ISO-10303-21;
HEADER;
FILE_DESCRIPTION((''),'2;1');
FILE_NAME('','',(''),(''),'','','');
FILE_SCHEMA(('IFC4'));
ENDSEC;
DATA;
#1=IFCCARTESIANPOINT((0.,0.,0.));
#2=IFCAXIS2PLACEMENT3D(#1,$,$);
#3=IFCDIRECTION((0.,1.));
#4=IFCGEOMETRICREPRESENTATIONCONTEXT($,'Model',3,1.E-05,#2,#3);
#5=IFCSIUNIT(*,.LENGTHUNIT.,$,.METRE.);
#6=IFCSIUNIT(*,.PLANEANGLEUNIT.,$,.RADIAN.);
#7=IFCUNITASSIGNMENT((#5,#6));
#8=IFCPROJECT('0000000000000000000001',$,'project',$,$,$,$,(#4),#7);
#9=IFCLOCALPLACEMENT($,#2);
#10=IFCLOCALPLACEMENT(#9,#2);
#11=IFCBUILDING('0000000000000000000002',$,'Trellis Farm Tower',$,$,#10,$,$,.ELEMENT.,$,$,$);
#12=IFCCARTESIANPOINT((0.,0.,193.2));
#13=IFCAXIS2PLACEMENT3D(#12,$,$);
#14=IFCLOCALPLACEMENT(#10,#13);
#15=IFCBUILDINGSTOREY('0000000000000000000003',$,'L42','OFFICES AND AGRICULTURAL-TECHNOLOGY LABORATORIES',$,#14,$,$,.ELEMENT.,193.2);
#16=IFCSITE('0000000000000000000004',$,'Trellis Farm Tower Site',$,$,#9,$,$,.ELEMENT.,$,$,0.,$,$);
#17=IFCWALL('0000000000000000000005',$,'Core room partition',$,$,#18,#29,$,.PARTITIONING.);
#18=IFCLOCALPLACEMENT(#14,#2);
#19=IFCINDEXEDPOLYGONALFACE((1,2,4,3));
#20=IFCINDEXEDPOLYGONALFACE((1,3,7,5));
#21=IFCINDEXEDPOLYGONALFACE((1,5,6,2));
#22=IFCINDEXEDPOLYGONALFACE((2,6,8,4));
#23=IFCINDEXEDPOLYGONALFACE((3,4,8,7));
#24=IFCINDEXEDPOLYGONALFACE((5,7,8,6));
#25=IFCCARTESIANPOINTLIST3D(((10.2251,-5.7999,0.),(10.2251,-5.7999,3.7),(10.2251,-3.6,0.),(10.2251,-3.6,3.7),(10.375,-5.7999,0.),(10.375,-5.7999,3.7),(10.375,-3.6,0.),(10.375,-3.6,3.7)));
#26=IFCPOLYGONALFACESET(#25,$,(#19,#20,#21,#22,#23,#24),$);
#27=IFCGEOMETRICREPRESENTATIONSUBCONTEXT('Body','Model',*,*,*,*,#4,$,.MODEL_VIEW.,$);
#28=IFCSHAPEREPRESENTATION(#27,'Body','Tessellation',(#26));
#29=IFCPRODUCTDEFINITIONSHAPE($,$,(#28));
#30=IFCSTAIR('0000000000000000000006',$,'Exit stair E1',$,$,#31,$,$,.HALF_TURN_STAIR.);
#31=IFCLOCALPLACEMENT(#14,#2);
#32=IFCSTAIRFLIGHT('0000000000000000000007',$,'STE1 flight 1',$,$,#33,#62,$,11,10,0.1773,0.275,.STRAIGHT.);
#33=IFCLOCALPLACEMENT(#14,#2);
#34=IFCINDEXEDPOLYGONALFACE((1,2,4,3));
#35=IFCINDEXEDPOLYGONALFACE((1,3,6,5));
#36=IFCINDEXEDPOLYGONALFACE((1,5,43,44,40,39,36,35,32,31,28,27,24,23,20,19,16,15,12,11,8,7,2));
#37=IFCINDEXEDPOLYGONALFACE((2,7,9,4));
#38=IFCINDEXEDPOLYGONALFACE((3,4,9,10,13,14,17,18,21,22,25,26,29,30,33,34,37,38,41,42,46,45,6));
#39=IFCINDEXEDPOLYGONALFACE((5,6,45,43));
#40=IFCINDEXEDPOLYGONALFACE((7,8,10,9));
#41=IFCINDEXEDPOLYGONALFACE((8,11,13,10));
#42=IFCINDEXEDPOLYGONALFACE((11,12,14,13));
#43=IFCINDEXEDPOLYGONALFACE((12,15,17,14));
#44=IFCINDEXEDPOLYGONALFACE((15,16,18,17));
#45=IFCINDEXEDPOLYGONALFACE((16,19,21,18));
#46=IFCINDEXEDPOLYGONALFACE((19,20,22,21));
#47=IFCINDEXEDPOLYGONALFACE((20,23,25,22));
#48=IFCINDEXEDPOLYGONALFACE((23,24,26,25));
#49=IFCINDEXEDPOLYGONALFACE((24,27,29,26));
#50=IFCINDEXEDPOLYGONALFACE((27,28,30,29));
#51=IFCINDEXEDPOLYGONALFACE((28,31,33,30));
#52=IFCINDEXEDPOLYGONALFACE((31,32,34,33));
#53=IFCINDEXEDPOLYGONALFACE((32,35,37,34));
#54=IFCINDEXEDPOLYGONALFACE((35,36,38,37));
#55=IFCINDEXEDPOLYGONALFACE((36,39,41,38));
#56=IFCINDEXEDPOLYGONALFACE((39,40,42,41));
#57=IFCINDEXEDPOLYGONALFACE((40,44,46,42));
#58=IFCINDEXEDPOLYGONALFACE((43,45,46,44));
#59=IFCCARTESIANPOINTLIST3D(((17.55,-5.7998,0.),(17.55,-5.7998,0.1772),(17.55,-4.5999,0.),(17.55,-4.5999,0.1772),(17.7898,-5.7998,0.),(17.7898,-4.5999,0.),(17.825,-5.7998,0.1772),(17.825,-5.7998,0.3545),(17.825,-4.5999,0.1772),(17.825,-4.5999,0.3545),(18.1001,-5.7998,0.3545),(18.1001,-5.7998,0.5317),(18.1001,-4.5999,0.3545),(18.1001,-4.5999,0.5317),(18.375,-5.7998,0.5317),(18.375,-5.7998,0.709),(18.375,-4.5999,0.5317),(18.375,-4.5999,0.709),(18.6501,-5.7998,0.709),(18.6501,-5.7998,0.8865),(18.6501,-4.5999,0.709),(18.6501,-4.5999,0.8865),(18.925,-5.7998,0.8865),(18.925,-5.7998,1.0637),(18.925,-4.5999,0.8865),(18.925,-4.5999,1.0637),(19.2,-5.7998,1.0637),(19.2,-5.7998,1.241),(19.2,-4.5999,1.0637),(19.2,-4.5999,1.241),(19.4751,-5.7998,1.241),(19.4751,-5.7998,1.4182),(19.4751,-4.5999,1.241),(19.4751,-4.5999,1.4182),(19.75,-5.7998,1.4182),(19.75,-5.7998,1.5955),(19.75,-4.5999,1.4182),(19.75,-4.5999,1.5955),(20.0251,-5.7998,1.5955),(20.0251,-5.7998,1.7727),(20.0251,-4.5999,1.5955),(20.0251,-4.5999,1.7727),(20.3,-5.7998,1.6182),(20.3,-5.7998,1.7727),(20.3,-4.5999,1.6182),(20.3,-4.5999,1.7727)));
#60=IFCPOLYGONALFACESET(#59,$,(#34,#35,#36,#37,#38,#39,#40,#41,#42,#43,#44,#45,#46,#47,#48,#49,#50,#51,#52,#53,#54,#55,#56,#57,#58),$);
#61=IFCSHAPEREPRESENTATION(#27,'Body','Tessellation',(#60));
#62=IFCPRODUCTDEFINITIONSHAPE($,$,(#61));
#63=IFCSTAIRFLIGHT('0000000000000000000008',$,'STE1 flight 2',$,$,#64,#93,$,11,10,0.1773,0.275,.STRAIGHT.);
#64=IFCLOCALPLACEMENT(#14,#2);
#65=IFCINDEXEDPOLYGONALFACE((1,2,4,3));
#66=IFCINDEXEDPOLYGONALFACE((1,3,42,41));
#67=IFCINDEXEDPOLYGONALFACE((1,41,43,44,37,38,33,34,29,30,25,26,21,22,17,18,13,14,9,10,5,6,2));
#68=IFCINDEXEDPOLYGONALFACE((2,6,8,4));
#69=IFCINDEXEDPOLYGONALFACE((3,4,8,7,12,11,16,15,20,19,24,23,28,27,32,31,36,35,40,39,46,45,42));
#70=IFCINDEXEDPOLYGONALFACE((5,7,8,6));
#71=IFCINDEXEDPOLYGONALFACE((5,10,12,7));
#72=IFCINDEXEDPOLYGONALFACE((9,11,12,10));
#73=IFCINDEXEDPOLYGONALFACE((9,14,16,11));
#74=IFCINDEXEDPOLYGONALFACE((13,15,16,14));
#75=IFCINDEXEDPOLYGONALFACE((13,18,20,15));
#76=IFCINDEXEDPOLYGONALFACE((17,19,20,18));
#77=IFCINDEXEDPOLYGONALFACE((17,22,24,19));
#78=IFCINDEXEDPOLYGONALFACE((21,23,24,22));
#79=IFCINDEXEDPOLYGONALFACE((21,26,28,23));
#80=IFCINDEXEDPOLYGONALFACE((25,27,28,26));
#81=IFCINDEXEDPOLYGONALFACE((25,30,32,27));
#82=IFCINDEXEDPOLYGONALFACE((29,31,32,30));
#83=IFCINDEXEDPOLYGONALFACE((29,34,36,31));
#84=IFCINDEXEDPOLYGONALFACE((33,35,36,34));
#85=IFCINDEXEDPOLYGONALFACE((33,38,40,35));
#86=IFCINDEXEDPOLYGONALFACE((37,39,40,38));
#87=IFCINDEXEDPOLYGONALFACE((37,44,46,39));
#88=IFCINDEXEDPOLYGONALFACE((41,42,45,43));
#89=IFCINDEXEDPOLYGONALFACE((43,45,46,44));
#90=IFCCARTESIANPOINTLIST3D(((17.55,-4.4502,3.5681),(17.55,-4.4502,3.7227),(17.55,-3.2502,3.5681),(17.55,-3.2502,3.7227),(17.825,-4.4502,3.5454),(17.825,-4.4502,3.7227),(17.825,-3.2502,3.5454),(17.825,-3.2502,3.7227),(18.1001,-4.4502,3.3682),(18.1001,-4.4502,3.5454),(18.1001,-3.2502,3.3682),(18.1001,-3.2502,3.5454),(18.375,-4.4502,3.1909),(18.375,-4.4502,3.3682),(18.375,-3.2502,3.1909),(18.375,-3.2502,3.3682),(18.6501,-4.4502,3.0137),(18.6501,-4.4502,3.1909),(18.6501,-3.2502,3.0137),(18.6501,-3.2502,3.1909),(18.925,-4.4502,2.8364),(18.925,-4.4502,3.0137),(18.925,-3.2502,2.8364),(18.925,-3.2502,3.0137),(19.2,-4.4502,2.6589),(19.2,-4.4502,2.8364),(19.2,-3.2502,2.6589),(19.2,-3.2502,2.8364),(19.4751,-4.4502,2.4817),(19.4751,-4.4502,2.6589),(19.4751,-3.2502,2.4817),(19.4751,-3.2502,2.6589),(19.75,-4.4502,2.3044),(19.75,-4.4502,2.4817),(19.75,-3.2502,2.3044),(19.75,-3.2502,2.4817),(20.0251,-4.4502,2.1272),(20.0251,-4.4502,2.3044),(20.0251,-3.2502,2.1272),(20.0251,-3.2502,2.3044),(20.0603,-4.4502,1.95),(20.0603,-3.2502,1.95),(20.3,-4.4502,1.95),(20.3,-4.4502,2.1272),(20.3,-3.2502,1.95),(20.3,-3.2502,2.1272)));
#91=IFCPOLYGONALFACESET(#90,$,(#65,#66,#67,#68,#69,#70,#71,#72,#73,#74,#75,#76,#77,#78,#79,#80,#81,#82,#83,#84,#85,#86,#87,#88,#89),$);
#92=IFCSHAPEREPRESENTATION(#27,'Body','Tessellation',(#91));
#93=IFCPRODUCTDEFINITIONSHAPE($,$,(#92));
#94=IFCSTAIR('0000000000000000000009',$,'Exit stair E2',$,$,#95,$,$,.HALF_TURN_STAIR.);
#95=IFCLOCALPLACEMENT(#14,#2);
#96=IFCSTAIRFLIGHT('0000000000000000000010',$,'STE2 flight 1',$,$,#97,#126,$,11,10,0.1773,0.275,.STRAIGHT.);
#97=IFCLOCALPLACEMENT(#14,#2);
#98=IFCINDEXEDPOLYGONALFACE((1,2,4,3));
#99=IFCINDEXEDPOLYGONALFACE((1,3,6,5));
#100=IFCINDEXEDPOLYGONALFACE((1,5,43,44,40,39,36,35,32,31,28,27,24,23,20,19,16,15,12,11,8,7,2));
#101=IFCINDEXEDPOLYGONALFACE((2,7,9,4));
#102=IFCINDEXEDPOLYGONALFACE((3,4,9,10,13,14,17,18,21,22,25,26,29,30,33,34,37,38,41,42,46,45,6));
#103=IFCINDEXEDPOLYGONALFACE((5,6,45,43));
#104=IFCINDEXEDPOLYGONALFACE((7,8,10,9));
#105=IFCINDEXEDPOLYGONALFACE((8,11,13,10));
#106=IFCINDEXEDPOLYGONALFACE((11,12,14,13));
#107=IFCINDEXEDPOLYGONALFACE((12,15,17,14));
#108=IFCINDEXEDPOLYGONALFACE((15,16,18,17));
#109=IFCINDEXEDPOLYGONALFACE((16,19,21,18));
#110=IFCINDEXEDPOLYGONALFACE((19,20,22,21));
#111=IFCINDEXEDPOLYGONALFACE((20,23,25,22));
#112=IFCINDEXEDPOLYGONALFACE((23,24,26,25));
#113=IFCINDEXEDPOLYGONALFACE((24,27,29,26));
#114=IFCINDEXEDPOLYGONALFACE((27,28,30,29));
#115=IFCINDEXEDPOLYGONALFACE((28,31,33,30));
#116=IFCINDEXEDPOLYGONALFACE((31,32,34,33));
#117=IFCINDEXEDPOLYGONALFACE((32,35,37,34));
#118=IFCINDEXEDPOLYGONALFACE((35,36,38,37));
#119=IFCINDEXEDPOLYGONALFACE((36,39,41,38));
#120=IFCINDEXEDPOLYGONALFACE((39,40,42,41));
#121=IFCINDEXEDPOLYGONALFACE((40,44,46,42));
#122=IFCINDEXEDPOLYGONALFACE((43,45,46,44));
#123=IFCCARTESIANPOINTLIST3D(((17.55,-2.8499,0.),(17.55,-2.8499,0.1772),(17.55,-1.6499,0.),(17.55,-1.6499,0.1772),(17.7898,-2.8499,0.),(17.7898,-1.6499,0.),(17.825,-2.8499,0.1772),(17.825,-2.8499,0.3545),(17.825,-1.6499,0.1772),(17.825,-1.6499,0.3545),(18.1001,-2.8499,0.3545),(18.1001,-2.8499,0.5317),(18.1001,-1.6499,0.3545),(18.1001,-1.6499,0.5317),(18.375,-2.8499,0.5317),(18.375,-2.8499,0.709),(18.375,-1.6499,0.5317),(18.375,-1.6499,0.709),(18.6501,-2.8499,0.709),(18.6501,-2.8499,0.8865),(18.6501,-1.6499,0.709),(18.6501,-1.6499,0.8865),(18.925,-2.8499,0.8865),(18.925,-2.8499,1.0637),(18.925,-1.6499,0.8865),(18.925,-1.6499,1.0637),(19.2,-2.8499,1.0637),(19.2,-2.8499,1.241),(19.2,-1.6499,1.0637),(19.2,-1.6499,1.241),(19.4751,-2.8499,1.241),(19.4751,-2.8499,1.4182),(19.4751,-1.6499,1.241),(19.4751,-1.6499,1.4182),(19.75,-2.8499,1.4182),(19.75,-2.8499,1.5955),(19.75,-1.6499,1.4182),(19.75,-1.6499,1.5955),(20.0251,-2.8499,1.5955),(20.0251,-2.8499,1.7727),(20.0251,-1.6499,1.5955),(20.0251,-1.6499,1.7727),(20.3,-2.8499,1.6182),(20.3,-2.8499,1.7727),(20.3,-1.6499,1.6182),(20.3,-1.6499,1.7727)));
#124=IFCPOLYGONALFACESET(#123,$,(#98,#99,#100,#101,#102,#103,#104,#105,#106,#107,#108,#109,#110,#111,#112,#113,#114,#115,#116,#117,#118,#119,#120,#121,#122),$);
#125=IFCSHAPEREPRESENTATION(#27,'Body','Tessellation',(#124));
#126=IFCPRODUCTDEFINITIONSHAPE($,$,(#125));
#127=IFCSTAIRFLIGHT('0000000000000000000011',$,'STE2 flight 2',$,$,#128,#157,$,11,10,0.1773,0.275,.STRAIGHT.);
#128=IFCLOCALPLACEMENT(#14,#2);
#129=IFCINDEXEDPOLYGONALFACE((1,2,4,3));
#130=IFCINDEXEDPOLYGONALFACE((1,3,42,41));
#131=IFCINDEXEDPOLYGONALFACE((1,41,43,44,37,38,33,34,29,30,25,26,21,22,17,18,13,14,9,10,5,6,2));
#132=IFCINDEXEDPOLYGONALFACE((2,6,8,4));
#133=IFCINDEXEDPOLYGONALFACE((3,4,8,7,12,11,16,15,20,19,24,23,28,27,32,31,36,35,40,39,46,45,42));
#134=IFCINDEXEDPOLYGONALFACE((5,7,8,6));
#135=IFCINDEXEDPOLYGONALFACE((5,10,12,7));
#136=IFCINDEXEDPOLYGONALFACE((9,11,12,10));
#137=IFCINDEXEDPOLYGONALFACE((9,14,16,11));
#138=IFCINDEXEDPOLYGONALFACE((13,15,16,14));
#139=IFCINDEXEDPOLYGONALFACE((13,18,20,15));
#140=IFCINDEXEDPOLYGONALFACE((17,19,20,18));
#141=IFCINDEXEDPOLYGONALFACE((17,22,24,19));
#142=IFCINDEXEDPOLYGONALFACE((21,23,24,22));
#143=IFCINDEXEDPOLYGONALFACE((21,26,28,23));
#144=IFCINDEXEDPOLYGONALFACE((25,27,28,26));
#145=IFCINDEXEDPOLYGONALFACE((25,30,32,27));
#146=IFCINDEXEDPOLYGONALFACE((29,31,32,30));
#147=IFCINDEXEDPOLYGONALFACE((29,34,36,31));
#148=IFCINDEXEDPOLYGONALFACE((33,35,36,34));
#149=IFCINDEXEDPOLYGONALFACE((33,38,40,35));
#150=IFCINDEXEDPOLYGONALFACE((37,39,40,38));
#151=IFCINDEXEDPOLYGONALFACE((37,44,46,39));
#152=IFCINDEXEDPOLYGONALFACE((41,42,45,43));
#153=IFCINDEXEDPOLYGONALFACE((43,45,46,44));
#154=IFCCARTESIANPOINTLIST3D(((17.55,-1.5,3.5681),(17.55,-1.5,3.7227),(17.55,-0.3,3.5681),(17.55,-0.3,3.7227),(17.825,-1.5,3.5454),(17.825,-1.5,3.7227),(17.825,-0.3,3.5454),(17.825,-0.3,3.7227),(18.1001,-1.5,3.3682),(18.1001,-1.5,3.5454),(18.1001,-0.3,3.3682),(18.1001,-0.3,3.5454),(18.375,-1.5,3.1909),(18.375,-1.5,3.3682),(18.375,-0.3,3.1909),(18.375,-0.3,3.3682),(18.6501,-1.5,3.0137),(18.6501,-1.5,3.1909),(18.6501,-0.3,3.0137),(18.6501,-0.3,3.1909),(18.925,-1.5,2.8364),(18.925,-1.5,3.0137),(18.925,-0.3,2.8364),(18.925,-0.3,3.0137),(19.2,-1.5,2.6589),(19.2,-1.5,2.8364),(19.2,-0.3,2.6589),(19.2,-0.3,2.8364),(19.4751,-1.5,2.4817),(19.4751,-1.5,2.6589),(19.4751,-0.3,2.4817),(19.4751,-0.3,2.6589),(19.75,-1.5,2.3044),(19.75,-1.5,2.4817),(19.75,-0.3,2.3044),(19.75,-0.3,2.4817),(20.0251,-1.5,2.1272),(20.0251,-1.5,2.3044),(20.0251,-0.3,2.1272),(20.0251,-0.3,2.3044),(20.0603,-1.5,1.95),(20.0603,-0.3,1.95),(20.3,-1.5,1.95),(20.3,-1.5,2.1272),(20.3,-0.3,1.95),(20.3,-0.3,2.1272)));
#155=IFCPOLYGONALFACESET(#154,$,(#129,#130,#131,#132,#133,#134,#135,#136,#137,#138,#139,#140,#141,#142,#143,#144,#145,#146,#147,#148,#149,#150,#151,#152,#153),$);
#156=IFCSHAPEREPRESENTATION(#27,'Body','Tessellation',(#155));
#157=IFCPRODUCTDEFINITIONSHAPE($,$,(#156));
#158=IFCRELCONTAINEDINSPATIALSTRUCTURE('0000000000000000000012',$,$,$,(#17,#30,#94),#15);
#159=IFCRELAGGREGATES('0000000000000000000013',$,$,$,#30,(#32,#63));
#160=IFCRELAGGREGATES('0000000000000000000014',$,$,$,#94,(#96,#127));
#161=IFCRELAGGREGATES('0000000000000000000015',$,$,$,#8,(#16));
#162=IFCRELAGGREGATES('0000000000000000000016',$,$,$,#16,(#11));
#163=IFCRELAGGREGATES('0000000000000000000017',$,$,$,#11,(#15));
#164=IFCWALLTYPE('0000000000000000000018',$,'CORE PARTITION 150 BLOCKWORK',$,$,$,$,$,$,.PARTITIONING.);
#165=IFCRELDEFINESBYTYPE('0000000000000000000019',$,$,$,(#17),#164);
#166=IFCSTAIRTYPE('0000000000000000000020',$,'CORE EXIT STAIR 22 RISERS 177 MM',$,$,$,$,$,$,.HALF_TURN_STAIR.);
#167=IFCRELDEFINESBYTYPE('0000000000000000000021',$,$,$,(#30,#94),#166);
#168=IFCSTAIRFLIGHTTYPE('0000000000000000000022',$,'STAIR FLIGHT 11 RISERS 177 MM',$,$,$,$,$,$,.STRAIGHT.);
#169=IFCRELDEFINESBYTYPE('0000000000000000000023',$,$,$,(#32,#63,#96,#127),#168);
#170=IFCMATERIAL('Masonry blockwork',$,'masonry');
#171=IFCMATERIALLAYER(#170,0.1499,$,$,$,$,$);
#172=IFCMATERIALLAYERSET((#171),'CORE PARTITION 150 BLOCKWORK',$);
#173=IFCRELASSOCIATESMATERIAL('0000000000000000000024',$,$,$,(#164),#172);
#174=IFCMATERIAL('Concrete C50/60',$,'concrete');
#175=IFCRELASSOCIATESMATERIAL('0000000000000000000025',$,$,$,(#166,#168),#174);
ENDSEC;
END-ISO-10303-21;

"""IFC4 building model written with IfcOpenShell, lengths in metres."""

from ifc_helpers import new_model, si_unit, direction, frame, frame_2d, origin, place, context, subcontext, project, spatial, polyline, rectangle, outline, extrude, source, transform, mapped, material, layer, layer_set, type_object, element, aggregate, save


model = new_model("IFC4")

# Units and contexts
model_context = context("Model", 3, precision=1e-05, world=origin(), true_north=direction((0.0, 1.0)))
body_context = subcontext(model_context, "Body", "Model", "MODEL_VIEW")
ifc_project = project(units=[si_unit("LENGTHUNIT", "METRE"), si_unit("PLANEANGLEUNIT", "RADIAN")], contexts=[model_context])

# Site, building, storey
site_placement = place(None, origin())
site = spatial("IfcSite", under=ifc_project, at=site_placement, Name="Trellis Farm Tower Site", CompositionType="ELEMENT", RefElevation=0.0)
building_placement = place(site_placement, origin())
building = spatial("IfcBuilding", under=site, at=building_placement, Name="Trellis Farm Tower", CompositionType="ELEMENT")
storey_placement = place(building_placement, frame((0.0, 0.0, 193.2)))
storey = spatial("IfcBuildingStorey", under=building, at=storey_placement, Name="L42", Description="OFFICES AND AGRICULTURAL-TECHNOLOGY LABORATORIES", CompositionType="ELEMENT", Elevation=193.2)

# Shared definitions
placement = place(storey_placement, origin())

# Wall
ifc_material_1 = material(Name="Masonry blockwork", Category="masonry")
ifc_layer_1 = layer(ifc_material_1, 0.1499)
ifc_layer_set_1 = layer_set([ifc_layer_1], Name="CORE PARTITION 150 BLOCKWORK")
wall_type_1 = type_object("IfcWallType", Name="CORE PARTITION 150 BLOCKWORK", PredefinedType="PARTITIONING", material=ifc_layer_set_1)
shared_shape_1 = source(origin(), body_context, "Body", "SweptSolid", [
    extrude(rectangle(XDim=2.2, YDim=0.1499, at=frame_2d((1.1001, 0.0))), origin(), (0.0, 0.0, 1.0), 3.7),
])
for number, where, z_axis, x_axis, name in (
    (1, (10.3, -5.8, 0.0), (0.0, 0.0, 1.0), (0.0, 1.0, 0.0), "Core room partition"),
):
    element("IfcWall", number, at=place(storey_placement, frame(where, z_axis=z_axis, x_axis=x_axis)), inside=storey, type_object=wall_type_1, Name=name, PredefinedType="PARTITIONING", context=body_context, shape_type="MappedRepresentation", body=[
        mapped(shared_shape_1, transform((0.0, 0.0, 0.0))),
    ])

# Stairs, stair flights
ifc_material_2 = material(Name="Concrete C50/60", Category="concrete")
stair_type = type_object("IfcStairType", Name="CORE EXIT STAIR 22 RISERS 177 MM", PredefinedType="HALF_TURN_STAIR", material=ifc_material_2)
stair_1 = element("IfcStair", 2, at=placement, inside=storey, type_object=stair_type, Name="Exit stair E1", PredefinedType="HALF_TURN_STAIR")
stair_flight_type = type_object("IfcStairFlightType", Name="STAIR FLIGHT 11 RISERS 177 MM", PredefinedType="STRAIGHT", material=ifc_material_2)
shared_shape_2 = source(origin(), body_context, "Body", "SweptSolid", [
    extrude(outline(polyline([(0.0, 0.0), (0.0, 0.1772), (0.2749, 0.1772), (0.2749, 0.3545), (0.55, 0.3545), (0.55, 0.5317), (0.825, 0.5317), (0.825, 0.709), (1.1001, 0.709), (1.1001, 0.8865), (1.375, 0.8865), (1.375, 1.0637), (1.6499, 1.0637), (1.6499, 1.241), (1.925, 1.241), (1.925, 1.4182), (2.2, 1.4182), (2.2, 1.5955), (2.4751, 1.5955), (2.4751, 1.7727), (2.75, 1.7727), (2.75, 1.95), (2.75, 1.6182), (0.2397, 0.0), (0.0, 0.0)])), frame((0.0, 0.6001, 0.0), z_axis=(0.0, -1.0, 0.0), x_axis=(1.0, 0.0, 0.0)), (0.0, 0.0, 1.0), 1.2),
])
stair_flight_1_placement = place(storey_placement, frame((17.55, -5.2, 0.0), z_axis=(0.0, 0.0, 1.0), x_axis=(1.0, 0.0, 0.0)))
stair_flight_1 = element("IfcStairFlight", 3, at=stair_flight_1_placement, type_object=stair_flight_type, Name="STE1 flight 1", NumberOfRisers=11, NumberOfTreads=10, PredefinedType="STRAIGHT", RiserHeight=0.1773, TreadLength=0.275, context=body_context, shape_type="MappedRepresentation", body=[
    mapped(shared_shape_2, transform((0.0, 0.0, 0.0))),
])
stair_flight_2_placement = place(storey_placement, frame((20.3, -3.8501, 1.95), z_axis=(0.0, 0.0, 1.0), x_axis=(-1.0, 0.0, 0.0)))
stair_flight_2 = element("IfcStairFlight", 4, at=stair_flight_2_placement, type_object=stair_flight_type, Name="STE1 flight 2", NumberOfRisers=11, NumberOfTreads=10, PredefinedType="STRAIGHT", RiserHeight=0.1773, TreadLength=0.275, context=body_context, shape_type="MappedRepresentation", body=[
    mapped(shared_shape_2, transform((0.0, 0.0, 0.0))),
])
aggregate(stair_1, [stair_flight_1, stair_flight_2])
stair_2 = element("IfcStair", 5, at=placement, inside=storey, type_object=stair_type, Name="Exit stair E2", PredefinedType="HALF_TURN_STAIR")
stair_flight_3_placement = place(storey_placement, frame((17.55, -2.25, 0.0), z_axis=(0.0, 0.0, 1.0), x_axis=(1.0, 0.0, 0.0)))
stair_flight_3 = element("IfcStairFlight", 6, at=stair_flight_3_placement, type_object=stair_flight_type, Name="STE2 flight 1", NumberOfRisers=11, NumberOfTreads=10, PredefinedType="STRAIGHT", RiserHeight=0.1773, TreadLength=0.275, context=body_context, shape_type="MappedRepresentation", body=[
    mapped(shared_shape_2, transform((0.0, 0.0, 0.0))),
])
stair_flight_4_placement = place(storey_placement, frame((20.3, -0.8999, 1.95), z_axis=(0.0, 0.0, 1.0), x_axis=(-1.0, 0.0, 0.0)))
stair_flight_4 = element("IfcStairFlight", 7, at=stair_flight_4_placement, type_object=stair_flight_type, Name="STE2 flight 2", NumberOfRisers=11, NumberOfTreads=10, PredefinedType="STRAIGHT", RiserHeight=0.1773, TreadLength=0.275, context=body_context, shape_type="MappedRepresentation", body=[
    mapped(shared_shape_2, transform((0.0, 0.0, 0.0))),
])
aggregate(stair_2, [stair_flight_3, stair_flight_4])

save(model, "model.ifc")
